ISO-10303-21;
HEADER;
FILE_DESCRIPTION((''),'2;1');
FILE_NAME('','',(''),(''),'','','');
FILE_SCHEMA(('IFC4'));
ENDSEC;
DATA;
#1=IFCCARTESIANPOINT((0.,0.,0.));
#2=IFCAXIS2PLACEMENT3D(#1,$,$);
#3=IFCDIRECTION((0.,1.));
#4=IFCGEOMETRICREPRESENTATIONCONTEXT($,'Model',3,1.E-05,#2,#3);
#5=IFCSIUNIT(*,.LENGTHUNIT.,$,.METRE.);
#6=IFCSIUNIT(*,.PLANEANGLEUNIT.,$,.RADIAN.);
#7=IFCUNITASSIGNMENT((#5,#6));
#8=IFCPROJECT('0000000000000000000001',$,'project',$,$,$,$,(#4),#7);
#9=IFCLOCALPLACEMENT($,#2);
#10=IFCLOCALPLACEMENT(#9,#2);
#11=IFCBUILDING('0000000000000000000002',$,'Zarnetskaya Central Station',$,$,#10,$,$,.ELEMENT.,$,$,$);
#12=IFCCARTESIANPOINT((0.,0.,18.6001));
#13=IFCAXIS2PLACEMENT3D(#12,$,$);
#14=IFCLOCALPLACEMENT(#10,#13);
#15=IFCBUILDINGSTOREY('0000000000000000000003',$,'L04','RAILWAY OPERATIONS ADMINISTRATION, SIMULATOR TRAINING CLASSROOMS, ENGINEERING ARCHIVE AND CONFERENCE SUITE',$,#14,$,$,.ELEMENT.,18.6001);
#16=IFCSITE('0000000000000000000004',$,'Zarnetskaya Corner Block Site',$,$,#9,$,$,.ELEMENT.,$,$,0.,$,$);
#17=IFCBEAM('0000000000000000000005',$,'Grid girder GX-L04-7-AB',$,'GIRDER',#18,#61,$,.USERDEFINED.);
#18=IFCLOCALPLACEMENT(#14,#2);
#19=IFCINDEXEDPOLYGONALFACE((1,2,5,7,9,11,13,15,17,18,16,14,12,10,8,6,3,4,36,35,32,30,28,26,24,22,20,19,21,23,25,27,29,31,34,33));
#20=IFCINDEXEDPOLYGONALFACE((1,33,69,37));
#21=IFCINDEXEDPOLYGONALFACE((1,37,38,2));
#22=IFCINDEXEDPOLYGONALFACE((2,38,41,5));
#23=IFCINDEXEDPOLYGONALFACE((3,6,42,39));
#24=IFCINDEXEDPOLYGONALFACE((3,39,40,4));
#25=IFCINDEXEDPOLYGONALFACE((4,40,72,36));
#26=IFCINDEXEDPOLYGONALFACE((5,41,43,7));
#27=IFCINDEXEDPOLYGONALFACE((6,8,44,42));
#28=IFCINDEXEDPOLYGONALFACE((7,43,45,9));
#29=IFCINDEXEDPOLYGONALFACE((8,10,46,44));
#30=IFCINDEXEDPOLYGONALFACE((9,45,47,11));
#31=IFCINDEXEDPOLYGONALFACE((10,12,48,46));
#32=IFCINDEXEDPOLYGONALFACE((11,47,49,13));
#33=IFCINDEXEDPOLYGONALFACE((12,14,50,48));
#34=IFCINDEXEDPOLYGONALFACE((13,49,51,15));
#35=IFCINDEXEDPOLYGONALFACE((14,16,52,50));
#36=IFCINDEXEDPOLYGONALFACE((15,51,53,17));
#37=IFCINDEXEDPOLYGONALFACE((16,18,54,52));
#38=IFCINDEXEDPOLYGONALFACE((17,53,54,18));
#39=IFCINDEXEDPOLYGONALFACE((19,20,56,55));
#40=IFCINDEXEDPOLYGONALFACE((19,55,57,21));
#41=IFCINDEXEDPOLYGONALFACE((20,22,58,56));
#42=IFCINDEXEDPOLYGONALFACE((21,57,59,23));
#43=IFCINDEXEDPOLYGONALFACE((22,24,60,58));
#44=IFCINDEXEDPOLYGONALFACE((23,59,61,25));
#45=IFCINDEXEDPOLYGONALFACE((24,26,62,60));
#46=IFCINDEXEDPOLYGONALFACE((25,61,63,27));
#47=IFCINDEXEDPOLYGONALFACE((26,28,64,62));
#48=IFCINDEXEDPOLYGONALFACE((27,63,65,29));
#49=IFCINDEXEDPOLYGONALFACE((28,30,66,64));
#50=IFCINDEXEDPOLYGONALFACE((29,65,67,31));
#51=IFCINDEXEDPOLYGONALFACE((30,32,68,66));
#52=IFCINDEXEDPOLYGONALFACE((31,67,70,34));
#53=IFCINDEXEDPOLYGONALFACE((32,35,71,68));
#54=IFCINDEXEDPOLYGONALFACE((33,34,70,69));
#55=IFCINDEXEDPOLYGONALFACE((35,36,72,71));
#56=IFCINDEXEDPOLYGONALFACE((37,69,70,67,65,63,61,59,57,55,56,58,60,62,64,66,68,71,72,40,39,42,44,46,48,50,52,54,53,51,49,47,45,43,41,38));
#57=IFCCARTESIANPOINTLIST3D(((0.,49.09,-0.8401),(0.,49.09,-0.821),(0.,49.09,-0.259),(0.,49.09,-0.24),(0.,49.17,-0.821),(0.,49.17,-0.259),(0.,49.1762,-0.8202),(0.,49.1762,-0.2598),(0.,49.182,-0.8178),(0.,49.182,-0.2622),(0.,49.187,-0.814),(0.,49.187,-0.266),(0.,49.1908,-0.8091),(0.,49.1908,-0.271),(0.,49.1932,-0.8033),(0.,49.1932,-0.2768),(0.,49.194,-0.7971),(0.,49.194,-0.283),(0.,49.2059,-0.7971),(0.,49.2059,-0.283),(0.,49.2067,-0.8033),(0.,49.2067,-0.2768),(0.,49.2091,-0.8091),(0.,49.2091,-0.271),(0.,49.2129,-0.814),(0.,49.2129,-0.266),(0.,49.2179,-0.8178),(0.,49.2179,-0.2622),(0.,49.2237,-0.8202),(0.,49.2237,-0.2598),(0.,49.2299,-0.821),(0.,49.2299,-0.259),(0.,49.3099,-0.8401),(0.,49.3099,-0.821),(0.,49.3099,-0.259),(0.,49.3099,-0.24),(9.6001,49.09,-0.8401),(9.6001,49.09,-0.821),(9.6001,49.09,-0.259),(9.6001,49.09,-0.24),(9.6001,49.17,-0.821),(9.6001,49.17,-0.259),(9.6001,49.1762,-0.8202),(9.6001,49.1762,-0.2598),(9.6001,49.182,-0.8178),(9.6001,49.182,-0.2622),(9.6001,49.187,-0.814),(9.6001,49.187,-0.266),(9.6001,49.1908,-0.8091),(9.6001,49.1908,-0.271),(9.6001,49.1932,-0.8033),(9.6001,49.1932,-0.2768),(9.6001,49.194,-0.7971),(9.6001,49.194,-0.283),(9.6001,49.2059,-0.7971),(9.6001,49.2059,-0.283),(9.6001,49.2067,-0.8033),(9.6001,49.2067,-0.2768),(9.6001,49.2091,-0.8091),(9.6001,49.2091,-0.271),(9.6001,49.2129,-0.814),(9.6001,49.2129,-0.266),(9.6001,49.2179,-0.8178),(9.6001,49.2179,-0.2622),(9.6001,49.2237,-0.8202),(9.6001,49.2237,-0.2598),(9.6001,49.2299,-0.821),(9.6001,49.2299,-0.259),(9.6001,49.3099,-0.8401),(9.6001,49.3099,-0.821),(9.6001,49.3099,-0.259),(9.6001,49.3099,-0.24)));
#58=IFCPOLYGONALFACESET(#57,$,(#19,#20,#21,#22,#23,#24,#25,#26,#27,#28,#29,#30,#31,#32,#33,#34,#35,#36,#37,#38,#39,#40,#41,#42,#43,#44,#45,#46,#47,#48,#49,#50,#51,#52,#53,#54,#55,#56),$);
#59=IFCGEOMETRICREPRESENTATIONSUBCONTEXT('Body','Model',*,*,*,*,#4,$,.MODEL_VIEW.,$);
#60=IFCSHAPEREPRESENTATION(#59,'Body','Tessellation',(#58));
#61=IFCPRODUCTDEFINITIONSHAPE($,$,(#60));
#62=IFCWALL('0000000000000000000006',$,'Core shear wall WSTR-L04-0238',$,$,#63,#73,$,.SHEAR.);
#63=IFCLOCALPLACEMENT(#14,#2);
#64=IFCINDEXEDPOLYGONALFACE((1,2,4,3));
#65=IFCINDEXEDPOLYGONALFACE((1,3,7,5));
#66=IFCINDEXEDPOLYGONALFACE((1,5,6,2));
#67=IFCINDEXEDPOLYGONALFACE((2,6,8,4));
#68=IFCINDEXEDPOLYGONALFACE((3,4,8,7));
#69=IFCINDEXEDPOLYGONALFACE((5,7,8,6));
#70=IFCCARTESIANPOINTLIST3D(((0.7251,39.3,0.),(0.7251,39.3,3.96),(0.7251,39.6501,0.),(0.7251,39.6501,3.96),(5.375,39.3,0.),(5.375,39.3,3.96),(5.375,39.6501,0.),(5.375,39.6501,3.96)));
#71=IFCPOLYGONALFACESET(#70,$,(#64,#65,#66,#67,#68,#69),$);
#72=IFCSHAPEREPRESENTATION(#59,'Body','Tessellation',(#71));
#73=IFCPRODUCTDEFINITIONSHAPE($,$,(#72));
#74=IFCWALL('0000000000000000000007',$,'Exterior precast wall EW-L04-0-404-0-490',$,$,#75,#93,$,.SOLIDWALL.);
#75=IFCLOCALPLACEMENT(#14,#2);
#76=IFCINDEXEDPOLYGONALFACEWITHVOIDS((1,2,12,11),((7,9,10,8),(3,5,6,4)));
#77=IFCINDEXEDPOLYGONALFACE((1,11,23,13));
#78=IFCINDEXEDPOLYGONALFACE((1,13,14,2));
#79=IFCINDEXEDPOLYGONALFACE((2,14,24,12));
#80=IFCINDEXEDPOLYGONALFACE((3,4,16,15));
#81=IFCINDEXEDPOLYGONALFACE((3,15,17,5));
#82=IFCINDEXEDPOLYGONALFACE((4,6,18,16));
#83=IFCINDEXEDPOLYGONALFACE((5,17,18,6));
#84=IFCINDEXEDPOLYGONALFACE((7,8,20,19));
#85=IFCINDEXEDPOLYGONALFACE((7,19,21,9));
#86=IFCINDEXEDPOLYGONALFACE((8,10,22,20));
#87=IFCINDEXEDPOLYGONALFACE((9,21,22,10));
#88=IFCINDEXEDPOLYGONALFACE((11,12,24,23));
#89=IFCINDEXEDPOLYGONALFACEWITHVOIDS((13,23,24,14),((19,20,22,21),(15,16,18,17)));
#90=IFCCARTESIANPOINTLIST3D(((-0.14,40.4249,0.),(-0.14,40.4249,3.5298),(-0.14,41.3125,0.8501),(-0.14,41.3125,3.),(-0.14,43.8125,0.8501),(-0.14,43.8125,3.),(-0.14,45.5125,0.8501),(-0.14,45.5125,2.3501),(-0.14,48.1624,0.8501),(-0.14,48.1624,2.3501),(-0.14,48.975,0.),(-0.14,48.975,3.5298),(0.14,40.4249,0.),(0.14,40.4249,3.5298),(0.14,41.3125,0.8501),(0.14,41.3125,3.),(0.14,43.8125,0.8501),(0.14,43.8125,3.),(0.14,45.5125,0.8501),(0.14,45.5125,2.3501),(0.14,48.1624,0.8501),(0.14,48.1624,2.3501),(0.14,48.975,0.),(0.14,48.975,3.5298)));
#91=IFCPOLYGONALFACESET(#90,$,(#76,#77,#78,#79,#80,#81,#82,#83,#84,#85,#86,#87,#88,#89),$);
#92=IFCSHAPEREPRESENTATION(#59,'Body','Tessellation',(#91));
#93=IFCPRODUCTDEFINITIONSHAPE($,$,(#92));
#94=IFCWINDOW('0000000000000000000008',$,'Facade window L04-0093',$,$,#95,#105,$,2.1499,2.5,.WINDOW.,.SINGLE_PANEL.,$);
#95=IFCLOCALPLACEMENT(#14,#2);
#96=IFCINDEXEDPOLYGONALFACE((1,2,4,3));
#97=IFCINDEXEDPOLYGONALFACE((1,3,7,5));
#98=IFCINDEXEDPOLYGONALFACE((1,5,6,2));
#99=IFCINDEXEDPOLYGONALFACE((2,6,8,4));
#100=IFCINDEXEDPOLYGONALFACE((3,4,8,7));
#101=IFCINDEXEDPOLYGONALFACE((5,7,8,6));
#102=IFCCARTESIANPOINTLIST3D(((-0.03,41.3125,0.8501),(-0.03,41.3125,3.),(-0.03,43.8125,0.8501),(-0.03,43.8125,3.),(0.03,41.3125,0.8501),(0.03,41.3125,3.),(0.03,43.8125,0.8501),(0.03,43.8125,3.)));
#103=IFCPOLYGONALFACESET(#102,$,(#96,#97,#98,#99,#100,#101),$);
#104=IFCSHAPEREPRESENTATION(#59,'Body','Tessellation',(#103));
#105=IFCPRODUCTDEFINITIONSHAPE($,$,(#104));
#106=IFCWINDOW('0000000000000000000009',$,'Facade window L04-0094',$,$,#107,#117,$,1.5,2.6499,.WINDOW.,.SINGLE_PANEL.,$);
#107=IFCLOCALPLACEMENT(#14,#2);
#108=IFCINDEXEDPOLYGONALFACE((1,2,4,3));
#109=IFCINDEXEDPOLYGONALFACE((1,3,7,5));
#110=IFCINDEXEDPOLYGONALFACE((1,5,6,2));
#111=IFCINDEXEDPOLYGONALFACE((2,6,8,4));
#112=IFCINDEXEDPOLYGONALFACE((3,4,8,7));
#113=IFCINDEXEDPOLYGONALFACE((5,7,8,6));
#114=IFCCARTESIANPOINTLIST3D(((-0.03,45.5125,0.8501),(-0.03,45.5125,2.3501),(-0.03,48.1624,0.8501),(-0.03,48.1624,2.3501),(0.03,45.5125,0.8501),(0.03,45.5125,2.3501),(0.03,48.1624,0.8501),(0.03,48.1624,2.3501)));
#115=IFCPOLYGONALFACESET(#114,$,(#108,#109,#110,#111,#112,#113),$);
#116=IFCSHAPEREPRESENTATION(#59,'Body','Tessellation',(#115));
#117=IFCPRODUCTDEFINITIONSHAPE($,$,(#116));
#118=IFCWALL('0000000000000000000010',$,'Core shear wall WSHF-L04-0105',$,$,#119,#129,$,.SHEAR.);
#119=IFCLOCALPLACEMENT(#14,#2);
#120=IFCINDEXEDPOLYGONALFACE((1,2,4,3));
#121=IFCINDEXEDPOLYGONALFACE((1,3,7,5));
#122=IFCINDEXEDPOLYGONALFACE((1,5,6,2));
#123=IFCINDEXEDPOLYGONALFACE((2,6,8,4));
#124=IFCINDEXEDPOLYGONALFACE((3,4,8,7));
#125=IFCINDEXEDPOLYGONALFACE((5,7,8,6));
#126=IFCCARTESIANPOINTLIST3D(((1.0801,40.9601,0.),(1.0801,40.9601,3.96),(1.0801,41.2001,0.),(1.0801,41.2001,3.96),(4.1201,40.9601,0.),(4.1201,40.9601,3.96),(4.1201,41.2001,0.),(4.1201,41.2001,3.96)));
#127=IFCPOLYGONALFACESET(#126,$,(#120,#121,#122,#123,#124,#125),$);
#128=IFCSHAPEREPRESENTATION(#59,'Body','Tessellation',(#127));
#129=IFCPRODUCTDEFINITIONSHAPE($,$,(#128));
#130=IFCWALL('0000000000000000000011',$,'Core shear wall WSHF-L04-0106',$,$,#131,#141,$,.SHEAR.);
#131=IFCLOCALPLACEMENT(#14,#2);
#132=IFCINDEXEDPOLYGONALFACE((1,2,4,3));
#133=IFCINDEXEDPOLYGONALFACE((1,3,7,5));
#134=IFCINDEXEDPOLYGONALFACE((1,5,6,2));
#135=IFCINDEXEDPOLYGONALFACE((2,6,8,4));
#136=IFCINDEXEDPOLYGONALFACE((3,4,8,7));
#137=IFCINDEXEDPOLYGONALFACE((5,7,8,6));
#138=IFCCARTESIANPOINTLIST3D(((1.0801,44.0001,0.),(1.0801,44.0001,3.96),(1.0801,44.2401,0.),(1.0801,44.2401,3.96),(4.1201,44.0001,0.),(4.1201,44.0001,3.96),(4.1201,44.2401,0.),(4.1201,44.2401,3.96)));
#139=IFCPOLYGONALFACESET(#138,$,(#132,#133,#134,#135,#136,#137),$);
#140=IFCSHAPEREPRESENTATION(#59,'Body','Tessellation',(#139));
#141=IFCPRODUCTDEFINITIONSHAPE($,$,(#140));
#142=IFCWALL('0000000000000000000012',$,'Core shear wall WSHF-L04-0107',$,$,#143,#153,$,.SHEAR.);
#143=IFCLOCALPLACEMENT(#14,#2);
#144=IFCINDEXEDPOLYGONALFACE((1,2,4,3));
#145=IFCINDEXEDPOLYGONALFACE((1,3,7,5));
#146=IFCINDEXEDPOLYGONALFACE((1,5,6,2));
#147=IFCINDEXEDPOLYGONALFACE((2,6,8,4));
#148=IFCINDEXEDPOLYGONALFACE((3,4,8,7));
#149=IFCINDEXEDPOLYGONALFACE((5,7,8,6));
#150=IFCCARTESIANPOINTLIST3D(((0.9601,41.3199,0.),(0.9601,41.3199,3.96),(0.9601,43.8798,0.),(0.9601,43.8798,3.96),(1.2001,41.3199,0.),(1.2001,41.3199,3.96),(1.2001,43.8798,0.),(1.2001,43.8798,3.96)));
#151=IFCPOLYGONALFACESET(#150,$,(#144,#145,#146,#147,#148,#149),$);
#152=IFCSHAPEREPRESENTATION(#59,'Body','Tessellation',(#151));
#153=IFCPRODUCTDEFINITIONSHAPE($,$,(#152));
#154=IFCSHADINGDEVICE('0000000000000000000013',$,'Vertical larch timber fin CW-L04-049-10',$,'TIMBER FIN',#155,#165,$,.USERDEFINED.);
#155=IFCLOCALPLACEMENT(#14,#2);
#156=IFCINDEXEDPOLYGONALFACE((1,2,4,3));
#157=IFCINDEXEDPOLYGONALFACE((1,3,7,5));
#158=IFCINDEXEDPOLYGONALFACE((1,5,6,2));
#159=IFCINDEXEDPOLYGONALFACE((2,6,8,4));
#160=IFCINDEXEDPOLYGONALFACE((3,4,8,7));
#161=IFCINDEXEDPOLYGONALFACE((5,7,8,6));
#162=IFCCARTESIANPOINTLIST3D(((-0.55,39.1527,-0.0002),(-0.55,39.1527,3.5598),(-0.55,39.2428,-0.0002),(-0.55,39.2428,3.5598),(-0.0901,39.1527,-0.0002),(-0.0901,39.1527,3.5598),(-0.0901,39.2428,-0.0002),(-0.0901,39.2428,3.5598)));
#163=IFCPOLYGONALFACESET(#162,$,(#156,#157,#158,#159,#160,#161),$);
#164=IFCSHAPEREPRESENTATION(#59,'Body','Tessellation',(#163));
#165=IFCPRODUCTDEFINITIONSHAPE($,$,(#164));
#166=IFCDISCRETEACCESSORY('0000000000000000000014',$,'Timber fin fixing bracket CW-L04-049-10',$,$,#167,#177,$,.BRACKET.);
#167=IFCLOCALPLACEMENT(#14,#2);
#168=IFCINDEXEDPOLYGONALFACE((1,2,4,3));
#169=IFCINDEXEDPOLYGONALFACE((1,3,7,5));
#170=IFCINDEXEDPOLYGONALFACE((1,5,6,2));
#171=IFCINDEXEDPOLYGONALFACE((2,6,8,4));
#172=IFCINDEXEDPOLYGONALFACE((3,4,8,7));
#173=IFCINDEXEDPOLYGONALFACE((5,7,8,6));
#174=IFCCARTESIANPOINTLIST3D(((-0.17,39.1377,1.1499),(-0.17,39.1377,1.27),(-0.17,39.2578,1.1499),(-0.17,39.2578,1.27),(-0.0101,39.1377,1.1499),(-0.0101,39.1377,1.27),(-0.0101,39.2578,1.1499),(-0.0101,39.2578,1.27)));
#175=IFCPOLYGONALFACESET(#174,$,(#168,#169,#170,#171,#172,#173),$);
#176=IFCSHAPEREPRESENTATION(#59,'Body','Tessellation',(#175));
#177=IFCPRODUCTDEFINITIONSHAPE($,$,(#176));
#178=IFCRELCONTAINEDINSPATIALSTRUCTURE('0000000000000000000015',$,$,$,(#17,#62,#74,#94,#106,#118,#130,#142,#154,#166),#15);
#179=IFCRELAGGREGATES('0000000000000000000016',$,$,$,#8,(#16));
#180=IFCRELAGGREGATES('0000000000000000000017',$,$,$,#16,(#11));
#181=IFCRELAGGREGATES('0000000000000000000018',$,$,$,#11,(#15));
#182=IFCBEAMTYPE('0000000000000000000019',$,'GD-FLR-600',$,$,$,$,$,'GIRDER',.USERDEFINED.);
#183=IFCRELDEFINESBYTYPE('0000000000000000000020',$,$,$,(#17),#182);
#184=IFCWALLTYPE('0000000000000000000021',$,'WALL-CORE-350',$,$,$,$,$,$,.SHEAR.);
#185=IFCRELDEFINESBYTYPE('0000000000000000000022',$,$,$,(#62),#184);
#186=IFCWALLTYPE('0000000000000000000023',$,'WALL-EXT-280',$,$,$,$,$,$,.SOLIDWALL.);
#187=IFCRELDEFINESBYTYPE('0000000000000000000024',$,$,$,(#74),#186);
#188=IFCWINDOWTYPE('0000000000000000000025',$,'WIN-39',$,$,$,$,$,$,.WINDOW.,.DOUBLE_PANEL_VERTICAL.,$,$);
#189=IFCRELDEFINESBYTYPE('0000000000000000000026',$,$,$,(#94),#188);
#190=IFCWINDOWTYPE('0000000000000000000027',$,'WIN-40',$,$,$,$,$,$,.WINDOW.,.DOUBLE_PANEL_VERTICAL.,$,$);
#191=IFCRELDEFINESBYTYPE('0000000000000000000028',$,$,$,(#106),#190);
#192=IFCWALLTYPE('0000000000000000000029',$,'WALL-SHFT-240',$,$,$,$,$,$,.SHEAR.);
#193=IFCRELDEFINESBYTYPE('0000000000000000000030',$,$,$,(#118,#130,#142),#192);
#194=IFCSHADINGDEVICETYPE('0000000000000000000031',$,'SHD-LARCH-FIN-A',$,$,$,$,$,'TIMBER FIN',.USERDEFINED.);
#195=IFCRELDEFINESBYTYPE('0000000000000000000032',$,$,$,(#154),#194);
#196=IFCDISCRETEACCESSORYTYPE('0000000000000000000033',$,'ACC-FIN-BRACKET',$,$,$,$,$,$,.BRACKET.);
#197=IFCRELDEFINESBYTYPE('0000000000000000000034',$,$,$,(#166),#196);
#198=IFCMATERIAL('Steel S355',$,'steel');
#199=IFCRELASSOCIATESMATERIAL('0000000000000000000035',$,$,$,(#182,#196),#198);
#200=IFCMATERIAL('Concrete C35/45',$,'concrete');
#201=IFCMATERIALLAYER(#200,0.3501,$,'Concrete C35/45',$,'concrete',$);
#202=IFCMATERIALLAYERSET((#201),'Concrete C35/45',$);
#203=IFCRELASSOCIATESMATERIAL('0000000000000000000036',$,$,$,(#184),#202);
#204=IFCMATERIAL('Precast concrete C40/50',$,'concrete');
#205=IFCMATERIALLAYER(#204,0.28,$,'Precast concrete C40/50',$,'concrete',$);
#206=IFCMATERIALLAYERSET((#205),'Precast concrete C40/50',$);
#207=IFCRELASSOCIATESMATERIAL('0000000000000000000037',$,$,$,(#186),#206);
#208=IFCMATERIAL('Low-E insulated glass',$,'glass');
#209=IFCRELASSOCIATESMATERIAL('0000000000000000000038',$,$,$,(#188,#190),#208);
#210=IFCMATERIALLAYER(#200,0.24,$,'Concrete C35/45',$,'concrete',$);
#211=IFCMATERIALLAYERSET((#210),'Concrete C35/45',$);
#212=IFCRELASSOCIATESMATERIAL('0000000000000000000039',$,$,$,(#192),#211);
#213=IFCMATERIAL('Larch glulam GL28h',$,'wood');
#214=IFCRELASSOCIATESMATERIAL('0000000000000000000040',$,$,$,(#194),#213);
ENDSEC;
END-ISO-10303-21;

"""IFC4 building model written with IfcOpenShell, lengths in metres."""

from ifc_helpers import new_model, si_unit, direction, frame, frame_2d, origin, origin_2d, place, context, subcontext, project, spatial, rectangle, i_section, extrude, material, layer, layer_set, material_profile, profile_set, type_object, element, fill, save


model = new_model("IFC4")

# Units and contexts
model_context = context("Model", 3, precision=1e-05, world=origin(), true_north=direction((0.0, 1.0)))
body_context = subcontext(model_context, "Body", "Model", "MODEL_VIEW")
ifc_project = project(units=[si_unit("LENGTHUNIT", "METRE"), si_unit("PLANEANGLEUNIT", "RADIAN")], contexts=[model_context])

# Site, building, storey
site_placement = place(None, origin())
site = spatial("IfcSite", under=ifc_project, at=site_placement, Name="Zarnetskaya Corner Block Site", CompositionType="ELEMENT", RefElevation=0.0)
building_placement = place(site_placement, origin())
building = spatial("IfcBuilding", under=site, at=building_placement, Name="Zarnetskaya Central Station", CompositionType="ELEMENT")
storey_placement = place(building_placement, frame((0.0, 0.0, 18.6001)))
storey = spatial("IfcBuildingStorey", under=building, at=storey_placement, Name="L04", Description="RAILWAY OPERATIONS ADMINISTRATION, SIMULATOR TRAINING CLASSROOMS, ENGINEERING ARCHIVE AND CONFERENCE SUITE", CompositionType="ELEMENT", Elevation=18.6001)

# Shared definitions
ifc_material_1 = material(Name="Steel S355", Category="steel")

# Shared definitions
ifc_material_2 = material(Name="Low-E insulated glass", Category="glass")

# Beam
ifc_material_profile_1 = material_profile(ifc_material_1, i_section(OverallWidth=0.22, OverallDepth=0.6001, WebThickness=0.012, FlangeThickness=0.019, FilletRadius=0.0239, at=origin_2d()), Name="IPE 600")
ifc_profile_set_1 = profile_set([ifc_material_profile_1], Name="Steel S355")
beam_type_1 = type_object("IfcBeamType", Name="GD-FLR-600", ElementType="GIRDER", PredefinedType="USERDEFINED", material=ifc_profile_set_1)
for number, where, z_axis, x_axis, name in (
    (1, (0.0, 49.2, -0.54), (1.0, 0.0, 0.0), (0.0, 1.0, 0.0), "Grid girder GX-L04-7-AB"),
):
    element("IfcBeam", number, at=place(storey_placement, frame(where, z_axis=z_axis, x_axis=x_axis)), inside=storey, type_object=beam_type_1, Name=name, ObjectType="GIRDER", PredefinedType="USERDEFINED", context=body_context, shape_type="SweptSolid", body=[
        extrude(i_section(OverallWidth=0.22, OverallDepth=0.6001, WebThickness=0.012, FlangeThickness=0.019, FilletRadius=0.0239, at=origin_2d()), origin(), (0.0, 0.0, 1.0), 9.6001),
    ])

# Wall
ifc_material_3 = material(Name="Concrete C35/45", Category="concrete")
ifc_layer_1 = layer(ifc_material_3, 0.3501, Name="Concrete C35/45", Category="concrete")
ifc_layer_set_1 = layer_set([ifc_layer_1], Name="Concrete C35/45")
wall_type_1 = type_object("IfcWallType", Name="WALL-CORE-350", PredefinedType="SHEAR", material=ifc_layer_set_1)
wall_1_placement = place(storey_placement, frame((0.7251, 39.4751, 0.0), z_axis=(0.0, 0.0, 1.0), x_axis=(1.0, 0.0, 0.0)))
element("IfcWall", 2, at=wall_1_placement, inside=storey, type_object=wall_type_1, Name="Core shear wall WSTR-L04-0238", PredefinedType="SHEAR", context=body_context, shape_type="SweptSolid", body=[
    extrude(rectangle(XDim=4.6499, YDim=0.3501, at=frame_2d((2.325, 0.0))), origin(), (0.0, 0.0, 1.0), 3.96),
])

# Wall, openings, windows
ifc_material_4 = material(Name="Precast concrete C40/50", Category="concrete")
ifc_layer_2 = layer(ifc_material_4, 0.28, Name="Precast concrete C40/50", Category="concrete")
ifc_layer_set_2 = layer_set([ifc_layer_2], Name="Precast concrete C40/50")
wall_type_2 = type_object("IfcWallType", Name="WALL-EXT-280", PredefinedType="SOLIDWALL", material=ifc_layer_set_2)
wall_2_placement = place(storey_placement, frame((0.0, 40.425, 0.0), z_axis=(0.0, 0.0, 1.0), x_axis=(0.0, 1.0, 0.0)))
wall_2 = element("IfcWall", 3, at=wall_2_placement, inside=storey, type_object=wall_type_2, Name="Exterior precast wall EW-L04-0-404-0-490", PredefinedType="SOLIDWALL", context=body_context, shape_type="SweptSolid", body=[
    extrude(rectangle(XDim=8.55, YDim=0.28, at=frame_2d((4.2749, 0.0))), origin(), (0.0, 0.0, 1.0), 3.5298),
])
opening_1_placement = place(wall_2_placement, frame((0.8875, 0.0, 0.8501)))
opening_1 = element("IfcOpeningElement", 4, at=opening_1_placement, cuts=wall_2, PredefinedType="OPENING", context=body_context, shape_type="SweptSolid", body=[
    extrude(rectangle(XDim=2.5, YDim=2.1499, at=frame_2d((1.25, 1.075))), frame((0.0, 0.1499, 0.0), z_axis=(0.0, -1.0, 0.0), x_axis=(1.0, 0.0, 0.0)), (0.0, 0.0, 1.0), 0.3),
])
opening_2_placement = place(wall_2_placement, frame((5.0874, 0.0, 0.8501)))
opening_2 = element("IfcOpeningElement", 5, at=opening_2_placement, cuts=wall_2, PredefinedType="OPENING", context=body_context, shape_type="SweptSolid", body=[
    extrude(rectangle(XDim=2.6499, YDim=1.5, at=frame_2d((1.325, 0.75))), frame((0.0, 0.1499, 0.0), z_axis=(0.0, -1.0, 0.0), x_axis=(1.0, 0.0, 0.0)), (0.0, 0.0, 1.0), 0.3),
])
window_type_1 = type_object("IfcWindowType", Name="WIN-39", PartitioningType="DOUBLE_PANEL_VERTICAL", PredefinedType="WINDOW", material=ifc_material_2)
window_1_placement = place(opening_1_placement, origin())
window_1 = element("IfcWindow", 6, at=window_1_placement, inside=storey, type_object=window_type_1, Name="Facade window L04-0093", OverallHeight=2.1499, OverallWidth=2.5, PartitioningType="SINGLE_PANEL", PredefinedType="WINDOW", context=body_context, shape_type="SweptSolid", body=[
    extrude(rectangle(XDim=2.5, YDim=2.1499, at=frame_2d((1.25, 1.075))), frame((0.0, 0.03, 0.0), z_axis=(0.0, -1.0, 0.0), x_axis=(1.0, 0.0, 0.0)), (0.0, 0.0, 1.0), 0.0601),
])
fill(opening_1, window_1)
window_type_2 = type_object("IfcWindowType", Name="WIN-40", PartitioningType="DOUBLE_PANEL_VERTICAL", PredefinedType="WINDOW", material=ifc_material_2)
window_2_placement = place(opening_2_placement, origin())
window_2 = element("IfcWindow", 7, at=window_2_placement, inside=storey, type_object=window_type_2, Name="Facade window L04-0094", OverallHeight=1.5, OverallWidth=2.6499, PartitioningType="SINGLE_PANEL", PredefinedType="WINDOW", context=body_context, shape_type="SweptSolid", body=[
    extrude(rectangle(XDim=2.6499, YDim=1.5, at=frame_2d((1.325, 0.75))), frame((0.0, 0.03, 0.0), z_axis=(0.0, -1.0, 0.0), x_axis=(1.0, 0.0, 0.0)), (0.0, 0.0, 1.0), 0.0601),
])
fill(opening_2, window_2)

# Walls
ifc_layer_3 = layer(ifc_material_3, 0.24, Name="Concrete C35/45", Category="concrete")
ifc_layer_set_3 = layer_set([ifc_layer_3], Name="Concrete C35/45")
wall_type_3 = type_object("IfcWallType", Name="WALL-SHFT-240", PredefinedType="SHEAR", material=ifc_layer_set_3)
for number, where, z_axis, x_axis, name in (
    (8, (4.1201, 41.0801, 0.0), (0.0, 0.0, 1.0), (-1.0, 0.0, 0.0), "Core shear wall WSHF-L04-0105"),
    (9, (1.0801, 44.1201, 0.0), (0.0, 0.0, 1.0), (1.0, 0.0, 0.0), "Core shear wall WSHF-L04-0106"),
):
    element("IfcWall", number, at=place(storey_placement, frame(where, z_axis=z_axis, x_axis=x_axis)), inside=storey, type_object=wall_type_3, Name=name, PredefinedType="SHEAR", context=body_context, shape_type="SweptSolid", body=[
        extrude(rectangle(XDim=3.04, YDim=0.24, at=frame_2d((1.52, 0.0))), origin(), (0.0, 0.0, 1.0), 3.96),
    ])
wall_3_placement = place(storey_placement, frame((1.0801, 41.3201, 0.0), z_axis=(0.0, 0.0, 1.0), x_axis=(0.0, 1.0, 0.0)))
element("IfcWall", 10, at=wall_3_placement, inside=storey, type_object=wall_type_3, Name="Core shear wall WSHF-L04-0107", PredefinedType="SHEAR", context=body_context, shape_type="SweptSolid", body=[
    extrude(rectangle(XDim=2.5598, YDim=0.24, at=frame_2d((1.2798, 0.0))), origin(), (0.0, 0.0, 1.0), 3.96),
])

# Shading device
ifc_material_5 = material(Name="Larch glulam GL28h", Category="wood")
shading_device_type = type_object("IfcShadingDeviceType", Name="SHD-LARCH-FIN-A", ElementType="TIMBER FIN", PredefinedType="USERDEFINED", material=ifc_material_5)
shading_device_placement = place(storey_placement, frame((-0.3201, 39.1978, -0.0002), z_axis=(0.0, 0.0, 1.0), x_axis=(0.0, 1.0, 0.0)))
element("IfcShadingDevice", 11, at=shading_device_placement, inside=storey, type_object=shading_device_type, Name="Vertical larch timber fin CW-L04-049-10", ObjectType="TIMBER FIN", PredefinedType="USERDEFINED", context=body_context, shape_type="SweptSolid", body=[
    extrude(rectangle(XDim=0.0901, YDim=0.46, at=origin_2d()), origin(), (0.0, 0.0, 1.0), 3.5601),
])

# Discrete accessory
discrete_accessory_type = type_object("IfcDiscreteAccessoryType", Name="ACC-FIN-BRACKET", PredefinedType="BRACKET", material=ifc_material_1)
discrete_accessory_placement = place(storey_placement, frame((-0.0901, 39.1978, 1.1499), z_axis=(0.0, 0.0, 1.0), x_axis=(0.0, 1.0, 0.0)))
element("IfcDiscreteAccessory", 12, at=discrete_accessory_placement, inside=storey, type_object=discrete_accessory_type, Name="Timber fin fixing bracket CW-L04-049-10", PredefinedType="BRACKET", context=body_context, shape_type="SweptSolid", body=[
    extrude(rectangle(XDim=0.1201, YDim=0.1599, at=origin_2d()), origin(), (0.0, 0.0, 1.0), 0.1201),
])

save(model, "model.ifc")
